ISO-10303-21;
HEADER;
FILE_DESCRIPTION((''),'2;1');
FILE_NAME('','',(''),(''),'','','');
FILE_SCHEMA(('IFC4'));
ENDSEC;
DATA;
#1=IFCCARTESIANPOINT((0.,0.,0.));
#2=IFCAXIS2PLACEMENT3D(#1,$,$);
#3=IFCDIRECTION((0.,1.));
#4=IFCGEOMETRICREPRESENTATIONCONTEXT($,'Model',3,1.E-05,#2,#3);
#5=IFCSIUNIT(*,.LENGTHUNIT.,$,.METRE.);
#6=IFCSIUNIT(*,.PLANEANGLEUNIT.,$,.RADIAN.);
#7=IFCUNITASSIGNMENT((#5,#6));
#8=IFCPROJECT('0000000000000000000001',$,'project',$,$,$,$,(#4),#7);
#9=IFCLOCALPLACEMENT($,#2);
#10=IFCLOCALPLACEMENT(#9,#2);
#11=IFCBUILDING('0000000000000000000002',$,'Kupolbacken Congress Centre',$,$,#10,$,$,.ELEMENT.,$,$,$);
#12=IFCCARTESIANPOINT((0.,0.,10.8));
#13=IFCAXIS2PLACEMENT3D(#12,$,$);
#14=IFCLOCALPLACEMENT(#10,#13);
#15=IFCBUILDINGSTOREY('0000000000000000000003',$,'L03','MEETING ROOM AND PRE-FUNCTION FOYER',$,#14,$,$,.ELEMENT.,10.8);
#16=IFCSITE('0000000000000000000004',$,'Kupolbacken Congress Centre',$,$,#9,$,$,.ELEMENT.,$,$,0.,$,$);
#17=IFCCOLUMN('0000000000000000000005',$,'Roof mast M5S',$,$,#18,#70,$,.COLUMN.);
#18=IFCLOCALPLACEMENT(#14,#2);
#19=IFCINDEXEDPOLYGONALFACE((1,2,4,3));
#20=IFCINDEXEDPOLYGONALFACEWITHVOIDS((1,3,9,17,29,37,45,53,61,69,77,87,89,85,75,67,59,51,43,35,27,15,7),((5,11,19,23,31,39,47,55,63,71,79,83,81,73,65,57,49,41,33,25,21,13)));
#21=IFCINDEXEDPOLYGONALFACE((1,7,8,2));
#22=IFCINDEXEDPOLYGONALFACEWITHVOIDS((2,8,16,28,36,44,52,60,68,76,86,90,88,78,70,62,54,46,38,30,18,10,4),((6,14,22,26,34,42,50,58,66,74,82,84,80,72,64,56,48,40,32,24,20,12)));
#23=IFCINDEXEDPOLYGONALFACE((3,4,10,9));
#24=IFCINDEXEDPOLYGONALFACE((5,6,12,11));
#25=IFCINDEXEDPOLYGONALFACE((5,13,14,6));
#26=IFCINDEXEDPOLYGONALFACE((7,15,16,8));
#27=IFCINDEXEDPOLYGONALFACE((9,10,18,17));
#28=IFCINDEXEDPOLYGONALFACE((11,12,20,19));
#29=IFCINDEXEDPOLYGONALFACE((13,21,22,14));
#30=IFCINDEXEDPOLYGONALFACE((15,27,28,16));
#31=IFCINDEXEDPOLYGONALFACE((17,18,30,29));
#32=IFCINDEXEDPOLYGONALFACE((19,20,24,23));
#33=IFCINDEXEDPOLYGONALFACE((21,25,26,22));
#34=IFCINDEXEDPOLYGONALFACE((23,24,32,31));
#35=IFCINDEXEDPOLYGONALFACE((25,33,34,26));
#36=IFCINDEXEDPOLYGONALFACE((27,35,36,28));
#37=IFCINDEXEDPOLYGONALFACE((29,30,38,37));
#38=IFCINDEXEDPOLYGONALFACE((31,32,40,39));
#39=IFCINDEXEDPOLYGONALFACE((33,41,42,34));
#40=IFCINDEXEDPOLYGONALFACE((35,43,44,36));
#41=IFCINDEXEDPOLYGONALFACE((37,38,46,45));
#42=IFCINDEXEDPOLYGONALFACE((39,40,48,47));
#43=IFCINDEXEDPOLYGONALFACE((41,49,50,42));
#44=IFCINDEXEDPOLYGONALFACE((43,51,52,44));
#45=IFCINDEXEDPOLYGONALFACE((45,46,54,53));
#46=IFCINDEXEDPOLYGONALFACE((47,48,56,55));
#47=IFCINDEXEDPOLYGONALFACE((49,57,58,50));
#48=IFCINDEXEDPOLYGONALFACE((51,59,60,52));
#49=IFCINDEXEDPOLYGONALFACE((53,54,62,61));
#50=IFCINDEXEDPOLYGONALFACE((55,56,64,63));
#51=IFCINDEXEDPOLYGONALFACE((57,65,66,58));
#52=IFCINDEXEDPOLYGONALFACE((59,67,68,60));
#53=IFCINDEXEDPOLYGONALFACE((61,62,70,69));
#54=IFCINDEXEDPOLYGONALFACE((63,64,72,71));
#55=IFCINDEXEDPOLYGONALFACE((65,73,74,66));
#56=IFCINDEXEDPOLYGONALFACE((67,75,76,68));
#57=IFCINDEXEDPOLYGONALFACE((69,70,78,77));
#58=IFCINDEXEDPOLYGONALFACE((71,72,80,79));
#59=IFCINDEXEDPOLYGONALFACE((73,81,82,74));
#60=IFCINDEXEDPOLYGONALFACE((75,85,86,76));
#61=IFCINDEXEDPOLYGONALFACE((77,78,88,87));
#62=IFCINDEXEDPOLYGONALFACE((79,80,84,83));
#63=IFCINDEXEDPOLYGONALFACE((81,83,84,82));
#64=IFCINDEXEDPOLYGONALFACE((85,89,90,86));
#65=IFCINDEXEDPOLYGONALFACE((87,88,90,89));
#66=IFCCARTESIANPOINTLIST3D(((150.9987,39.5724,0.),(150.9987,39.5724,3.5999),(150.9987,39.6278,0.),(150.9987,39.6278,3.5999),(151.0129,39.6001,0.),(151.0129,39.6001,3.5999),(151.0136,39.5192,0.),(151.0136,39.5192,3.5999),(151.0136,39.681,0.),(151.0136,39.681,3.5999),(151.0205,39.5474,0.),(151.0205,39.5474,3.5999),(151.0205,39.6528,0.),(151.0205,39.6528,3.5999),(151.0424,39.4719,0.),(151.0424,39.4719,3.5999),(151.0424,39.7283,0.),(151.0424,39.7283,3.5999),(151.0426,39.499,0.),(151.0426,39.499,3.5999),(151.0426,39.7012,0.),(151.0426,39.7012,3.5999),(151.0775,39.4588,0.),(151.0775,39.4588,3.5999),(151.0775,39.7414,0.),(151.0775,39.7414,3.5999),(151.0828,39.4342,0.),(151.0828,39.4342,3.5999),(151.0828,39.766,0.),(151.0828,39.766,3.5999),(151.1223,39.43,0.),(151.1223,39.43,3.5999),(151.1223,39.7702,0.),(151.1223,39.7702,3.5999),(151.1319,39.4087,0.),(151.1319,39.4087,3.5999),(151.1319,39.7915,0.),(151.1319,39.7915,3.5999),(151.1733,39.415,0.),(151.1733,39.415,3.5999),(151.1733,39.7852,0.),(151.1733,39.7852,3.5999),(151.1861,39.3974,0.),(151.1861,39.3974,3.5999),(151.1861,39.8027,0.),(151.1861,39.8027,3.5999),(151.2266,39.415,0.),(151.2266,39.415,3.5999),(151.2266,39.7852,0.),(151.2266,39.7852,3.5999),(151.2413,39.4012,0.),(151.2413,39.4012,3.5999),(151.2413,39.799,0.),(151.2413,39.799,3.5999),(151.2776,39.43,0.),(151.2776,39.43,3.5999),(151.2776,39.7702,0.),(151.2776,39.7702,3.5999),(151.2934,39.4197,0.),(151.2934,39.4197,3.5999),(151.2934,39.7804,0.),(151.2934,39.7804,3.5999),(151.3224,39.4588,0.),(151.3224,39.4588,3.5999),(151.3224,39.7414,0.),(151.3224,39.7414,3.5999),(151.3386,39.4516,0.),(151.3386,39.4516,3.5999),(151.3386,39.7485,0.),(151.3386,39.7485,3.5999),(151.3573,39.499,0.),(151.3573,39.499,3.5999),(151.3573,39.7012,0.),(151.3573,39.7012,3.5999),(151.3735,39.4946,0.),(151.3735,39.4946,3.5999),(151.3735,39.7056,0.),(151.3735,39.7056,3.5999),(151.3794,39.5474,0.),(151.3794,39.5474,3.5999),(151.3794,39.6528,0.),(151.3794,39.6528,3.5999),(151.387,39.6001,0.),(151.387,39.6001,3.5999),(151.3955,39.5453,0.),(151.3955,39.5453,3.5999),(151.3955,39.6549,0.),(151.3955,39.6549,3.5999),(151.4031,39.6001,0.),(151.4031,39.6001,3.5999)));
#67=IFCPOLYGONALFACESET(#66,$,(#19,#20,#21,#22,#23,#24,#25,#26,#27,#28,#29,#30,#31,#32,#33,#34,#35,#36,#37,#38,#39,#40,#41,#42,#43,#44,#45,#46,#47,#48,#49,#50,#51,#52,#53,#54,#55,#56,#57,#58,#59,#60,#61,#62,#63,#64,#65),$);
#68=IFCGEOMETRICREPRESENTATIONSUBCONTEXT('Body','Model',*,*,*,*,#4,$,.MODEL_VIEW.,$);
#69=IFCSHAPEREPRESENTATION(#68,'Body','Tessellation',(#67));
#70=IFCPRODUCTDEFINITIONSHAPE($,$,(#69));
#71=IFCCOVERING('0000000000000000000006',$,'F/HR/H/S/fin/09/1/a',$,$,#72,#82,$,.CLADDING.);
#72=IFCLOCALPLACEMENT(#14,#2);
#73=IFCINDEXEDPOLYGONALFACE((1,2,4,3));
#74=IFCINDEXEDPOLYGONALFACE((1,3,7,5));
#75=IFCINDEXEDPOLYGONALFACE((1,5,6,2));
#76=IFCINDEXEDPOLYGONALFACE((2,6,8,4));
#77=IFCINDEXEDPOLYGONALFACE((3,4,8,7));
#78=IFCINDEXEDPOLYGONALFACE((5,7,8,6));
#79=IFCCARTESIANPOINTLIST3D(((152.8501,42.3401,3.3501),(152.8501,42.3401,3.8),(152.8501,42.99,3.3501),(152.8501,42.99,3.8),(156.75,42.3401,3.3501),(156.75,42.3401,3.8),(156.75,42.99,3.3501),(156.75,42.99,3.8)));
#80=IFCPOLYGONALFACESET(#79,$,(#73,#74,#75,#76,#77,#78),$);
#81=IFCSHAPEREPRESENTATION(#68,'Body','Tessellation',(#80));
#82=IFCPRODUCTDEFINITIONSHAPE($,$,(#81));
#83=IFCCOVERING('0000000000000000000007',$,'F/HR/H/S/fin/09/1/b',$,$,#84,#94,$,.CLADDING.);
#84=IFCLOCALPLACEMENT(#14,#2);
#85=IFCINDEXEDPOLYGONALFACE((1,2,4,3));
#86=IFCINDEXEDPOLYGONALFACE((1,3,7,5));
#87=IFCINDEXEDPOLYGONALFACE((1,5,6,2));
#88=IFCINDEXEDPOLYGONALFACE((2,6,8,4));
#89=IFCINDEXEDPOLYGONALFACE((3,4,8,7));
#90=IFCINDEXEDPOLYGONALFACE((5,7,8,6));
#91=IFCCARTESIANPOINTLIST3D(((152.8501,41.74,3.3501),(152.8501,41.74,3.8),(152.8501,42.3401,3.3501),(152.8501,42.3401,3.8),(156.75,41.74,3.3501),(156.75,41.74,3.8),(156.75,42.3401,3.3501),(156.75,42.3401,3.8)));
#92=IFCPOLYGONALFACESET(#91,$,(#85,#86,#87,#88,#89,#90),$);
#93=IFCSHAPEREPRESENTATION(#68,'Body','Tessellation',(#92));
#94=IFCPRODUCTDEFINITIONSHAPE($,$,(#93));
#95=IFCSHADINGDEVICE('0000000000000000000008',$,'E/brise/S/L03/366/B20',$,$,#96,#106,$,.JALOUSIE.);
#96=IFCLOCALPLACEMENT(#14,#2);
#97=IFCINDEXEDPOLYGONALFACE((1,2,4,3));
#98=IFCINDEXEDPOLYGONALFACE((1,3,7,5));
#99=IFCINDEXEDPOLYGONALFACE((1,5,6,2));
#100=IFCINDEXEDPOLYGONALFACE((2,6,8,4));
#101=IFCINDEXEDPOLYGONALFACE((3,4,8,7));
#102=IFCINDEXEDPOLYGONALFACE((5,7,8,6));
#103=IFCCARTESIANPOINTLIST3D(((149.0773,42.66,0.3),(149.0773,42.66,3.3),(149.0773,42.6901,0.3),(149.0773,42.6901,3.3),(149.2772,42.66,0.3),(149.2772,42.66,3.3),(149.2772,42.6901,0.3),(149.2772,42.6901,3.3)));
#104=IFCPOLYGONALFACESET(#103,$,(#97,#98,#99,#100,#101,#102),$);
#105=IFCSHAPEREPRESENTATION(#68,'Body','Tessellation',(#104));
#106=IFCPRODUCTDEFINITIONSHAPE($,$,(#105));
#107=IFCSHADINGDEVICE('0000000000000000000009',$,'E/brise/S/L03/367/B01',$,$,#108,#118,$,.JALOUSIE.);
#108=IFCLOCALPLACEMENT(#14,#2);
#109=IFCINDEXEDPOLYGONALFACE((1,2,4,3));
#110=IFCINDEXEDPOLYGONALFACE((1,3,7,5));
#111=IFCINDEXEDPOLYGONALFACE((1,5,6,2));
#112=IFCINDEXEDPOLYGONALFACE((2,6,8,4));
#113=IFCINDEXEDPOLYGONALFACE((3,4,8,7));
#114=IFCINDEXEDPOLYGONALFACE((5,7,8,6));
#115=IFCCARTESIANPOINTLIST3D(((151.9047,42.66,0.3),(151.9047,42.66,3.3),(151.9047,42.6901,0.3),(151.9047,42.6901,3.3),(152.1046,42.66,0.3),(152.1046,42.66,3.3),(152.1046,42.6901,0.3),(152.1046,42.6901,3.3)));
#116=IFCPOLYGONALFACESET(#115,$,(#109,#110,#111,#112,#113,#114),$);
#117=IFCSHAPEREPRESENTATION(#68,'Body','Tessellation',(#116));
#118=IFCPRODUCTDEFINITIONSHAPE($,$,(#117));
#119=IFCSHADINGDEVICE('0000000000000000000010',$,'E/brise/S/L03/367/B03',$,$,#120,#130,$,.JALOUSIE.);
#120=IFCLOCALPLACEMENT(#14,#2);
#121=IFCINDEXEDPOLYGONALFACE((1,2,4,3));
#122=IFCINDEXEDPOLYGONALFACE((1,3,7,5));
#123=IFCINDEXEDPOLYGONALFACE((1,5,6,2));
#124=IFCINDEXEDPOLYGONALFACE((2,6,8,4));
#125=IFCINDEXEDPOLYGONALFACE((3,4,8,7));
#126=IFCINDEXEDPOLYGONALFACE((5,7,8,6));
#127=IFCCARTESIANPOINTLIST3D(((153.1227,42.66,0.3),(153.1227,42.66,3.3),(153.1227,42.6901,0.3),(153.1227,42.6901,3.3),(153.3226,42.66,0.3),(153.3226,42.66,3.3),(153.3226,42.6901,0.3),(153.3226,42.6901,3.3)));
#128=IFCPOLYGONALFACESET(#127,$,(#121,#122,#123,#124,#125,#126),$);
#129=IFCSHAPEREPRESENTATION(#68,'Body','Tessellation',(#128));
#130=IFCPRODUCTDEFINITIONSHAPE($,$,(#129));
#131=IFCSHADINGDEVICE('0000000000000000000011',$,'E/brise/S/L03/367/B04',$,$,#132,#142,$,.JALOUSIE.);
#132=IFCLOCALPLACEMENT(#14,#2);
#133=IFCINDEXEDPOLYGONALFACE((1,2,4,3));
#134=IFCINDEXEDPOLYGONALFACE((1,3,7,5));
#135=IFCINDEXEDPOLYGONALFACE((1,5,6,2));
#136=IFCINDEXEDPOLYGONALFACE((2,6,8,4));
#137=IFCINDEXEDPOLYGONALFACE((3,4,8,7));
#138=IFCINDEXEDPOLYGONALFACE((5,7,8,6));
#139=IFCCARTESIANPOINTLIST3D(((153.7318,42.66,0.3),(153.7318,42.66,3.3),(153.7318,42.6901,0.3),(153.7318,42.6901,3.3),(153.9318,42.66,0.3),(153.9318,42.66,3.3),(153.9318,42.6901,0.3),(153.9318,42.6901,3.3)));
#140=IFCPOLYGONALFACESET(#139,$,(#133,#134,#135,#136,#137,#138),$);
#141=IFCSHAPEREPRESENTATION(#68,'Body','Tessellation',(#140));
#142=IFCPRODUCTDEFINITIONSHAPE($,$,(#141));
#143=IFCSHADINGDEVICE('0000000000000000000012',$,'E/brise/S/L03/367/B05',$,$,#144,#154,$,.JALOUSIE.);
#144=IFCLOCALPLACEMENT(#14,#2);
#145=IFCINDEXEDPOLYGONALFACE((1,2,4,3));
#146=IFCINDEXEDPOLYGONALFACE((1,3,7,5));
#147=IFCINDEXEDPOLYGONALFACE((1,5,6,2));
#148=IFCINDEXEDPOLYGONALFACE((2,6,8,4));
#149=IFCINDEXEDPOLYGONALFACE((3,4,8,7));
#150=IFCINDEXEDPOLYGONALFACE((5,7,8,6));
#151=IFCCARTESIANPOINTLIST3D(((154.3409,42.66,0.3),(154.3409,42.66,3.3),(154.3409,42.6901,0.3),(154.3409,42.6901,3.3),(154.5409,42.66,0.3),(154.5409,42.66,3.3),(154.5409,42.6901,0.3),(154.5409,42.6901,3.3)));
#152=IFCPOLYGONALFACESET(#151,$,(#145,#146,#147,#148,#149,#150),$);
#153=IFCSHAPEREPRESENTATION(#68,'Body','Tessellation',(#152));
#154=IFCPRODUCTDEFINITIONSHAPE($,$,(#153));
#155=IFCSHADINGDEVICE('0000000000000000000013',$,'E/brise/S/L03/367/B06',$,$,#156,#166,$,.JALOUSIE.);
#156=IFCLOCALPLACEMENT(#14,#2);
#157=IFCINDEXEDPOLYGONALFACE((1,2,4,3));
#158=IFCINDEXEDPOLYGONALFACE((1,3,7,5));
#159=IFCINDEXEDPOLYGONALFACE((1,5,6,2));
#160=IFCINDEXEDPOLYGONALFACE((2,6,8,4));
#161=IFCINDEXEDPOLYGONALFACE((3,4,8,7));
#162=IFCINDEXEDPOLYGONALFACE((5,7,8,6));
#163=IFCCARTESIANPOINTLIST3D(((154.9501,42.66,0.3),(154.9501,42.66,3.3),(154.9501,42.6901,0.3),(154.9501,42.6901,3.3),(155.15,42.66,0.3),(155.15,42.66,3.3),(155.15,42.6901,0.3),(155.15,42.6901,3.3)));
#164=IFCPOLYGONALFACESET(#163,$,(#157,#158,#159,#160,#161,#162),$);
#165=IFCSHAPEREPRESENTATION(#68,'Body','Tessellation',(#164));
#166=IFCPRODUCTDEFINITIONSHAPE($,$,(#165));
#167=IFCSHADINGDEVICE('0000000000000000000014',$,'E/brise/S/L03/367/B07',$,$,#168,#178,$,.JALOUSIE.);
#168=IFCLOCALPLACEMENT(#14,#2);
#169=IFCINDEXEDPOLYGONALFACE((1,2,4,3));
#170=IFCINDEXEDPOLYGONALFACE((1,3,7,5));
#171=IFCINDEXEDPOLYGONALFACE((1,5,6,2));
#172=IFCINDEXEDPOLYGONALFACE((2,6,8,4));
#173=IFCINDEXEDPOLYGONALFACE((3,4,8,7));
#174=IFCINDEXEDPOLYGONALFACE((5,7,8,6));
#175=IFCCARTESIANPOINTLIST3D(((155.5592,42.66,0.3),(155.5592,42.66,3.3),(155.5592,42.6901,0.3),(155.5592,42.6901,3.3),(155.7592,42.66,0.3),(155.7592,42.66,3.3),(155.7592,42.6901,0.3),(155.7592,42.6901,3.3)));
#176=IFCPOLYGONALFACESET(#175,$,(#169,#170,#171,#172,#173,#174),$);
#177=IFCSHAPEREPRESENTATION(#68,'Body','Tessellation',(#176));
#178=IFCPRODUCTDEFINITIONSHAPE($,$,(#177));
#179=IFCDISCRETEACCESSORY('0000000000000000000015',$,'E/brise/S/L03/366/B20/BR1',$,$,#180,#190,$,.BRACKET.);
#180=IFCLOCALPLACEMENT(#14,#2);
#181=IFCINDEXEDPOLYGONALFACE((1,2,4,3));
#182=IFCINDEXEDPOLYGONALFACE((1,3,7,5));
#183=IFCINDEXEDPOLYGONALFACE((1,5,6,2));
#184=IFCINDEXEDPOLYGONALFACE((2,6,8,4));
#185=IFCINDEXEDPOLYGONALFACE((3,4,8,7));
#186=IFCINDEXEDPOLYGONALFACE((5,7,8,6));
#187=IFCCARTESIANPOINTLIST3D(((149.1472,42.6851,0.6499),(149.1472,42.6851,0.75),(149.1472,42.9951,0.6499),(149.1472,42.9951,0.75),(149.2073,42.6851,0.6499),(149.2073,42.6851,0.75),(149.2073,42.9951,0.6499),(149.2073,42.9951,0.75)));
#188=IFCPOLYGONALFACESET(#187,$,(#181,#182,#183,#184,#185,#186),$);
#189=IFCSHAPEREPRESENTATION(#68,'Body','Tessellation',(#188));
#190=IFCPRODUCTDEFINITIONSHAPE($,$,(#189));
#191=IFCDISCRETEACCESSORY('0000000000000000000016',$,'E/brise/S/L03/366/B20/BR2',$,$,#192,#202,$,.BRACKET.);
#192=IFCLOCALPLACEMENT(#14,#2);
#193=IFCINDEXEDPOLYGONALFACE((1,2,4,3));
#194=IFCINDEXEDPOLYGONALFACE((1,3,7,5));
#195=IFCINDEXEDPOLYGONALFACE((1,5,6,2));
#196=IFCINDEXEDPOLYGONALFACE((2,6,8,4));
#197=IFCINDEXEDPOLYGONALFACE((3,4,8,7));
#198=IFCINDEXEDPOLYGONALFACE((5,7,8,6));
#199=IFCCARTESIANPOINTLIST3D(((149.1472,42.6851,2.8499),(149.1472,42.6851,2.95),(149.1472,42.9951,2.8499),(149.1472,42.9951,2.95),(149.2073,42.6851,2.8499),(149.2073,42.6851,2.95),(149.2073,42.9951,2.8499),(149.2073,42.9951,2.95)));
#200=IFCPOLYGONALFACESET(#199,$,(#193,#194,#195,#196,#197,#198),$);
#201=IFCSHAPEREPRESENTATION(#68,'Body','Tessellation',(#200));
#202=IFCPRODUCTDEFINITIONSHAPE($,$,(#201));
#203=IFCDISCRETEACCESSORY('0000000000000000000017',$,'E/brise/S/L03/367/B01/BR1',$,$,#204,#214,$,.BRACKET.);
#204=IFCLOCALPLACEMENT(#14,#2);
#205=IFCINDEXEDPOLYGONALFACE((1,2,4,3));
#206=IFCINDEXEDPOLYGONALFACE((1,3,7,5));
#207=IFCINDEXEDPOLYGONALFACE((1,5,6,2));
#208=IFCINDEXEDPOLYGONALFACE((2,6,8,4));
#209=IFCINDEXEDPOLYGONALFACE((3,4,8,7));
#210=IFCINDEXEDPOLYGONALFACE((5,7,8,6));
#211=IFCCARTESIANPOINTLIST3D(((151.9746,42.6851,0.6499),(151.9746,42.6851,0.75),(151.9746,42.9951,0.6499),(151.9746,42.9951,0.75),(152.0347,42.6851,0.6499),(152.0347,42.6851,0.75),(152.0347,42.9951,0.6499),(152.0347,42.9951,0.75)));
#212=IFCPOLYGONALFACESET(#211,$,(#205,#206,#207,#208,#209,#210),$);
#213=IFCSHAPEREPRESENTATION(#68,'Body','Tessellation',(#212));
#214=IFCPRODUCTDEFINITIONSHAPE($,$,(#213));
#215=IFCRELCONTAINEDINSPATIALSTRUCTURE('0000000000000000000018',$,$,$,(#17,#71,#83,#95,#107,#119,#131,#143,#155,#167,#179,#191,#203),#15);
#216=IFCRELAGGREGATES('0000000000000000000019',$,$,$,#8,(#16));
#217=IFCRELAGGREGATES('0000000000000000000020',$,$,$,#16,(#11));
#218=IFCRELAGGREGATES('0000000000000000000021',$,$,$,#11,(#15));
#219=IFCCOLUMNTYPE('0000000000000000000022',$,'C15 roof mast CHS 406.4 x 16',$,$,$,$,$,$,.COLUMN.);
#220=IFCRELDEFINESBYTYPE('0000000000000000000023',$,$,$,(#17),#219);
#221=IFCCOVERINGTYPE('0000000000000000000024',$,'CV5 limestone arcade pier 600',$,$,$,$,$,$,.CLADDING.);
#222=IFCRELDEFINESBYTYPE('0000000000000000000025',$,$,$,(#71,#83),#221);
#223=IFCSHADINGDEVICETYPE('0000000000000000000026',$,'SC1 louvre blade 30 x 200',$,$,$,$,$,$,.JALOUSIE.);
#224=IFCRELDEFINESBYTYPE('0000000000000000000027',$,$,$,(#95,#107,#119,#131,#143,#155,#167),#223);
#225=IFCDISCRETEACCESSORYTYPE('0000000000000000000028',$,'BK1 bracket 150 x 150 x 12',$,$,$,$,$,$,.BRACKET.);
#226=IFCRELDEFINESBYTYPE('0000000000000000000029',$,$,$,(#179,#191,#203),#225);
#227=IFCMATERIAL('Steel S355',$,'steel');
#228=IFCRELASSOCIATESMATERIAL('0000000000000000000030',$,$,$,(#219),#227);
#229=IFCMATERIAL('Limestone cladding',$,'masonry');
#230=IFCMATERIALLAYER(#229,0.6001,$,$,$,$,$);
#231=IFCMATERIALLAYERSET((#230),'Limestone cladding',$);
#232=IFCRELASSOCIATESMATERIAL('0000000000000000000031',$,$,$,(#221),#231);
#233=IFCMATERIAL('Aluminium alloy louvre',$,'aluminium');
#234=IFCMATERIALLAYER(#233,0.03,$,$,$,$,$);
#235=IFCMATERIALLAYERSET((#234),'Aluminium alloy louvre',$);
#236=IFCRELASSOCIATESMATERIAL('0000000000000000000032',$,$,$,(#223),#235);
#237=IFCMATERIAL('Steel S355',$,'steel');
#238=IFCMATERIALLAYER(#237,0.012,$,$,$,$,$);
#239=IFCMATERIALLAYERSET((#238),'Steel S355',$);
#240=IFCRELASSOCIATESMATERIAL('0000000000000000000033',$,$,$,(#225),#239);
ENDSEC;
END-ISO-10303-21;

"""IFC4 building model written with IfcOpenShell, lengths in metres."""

from ifc_helpers import new_model, si_unit, direction, frame, origin, origin_2d, place, context, subcontext, project, spatial, rectangle, hollow_circle, extrude, material, layer, layer_set, material_profile, profile_set, type_object, element, save


model = new_model("IFC4")

# Units and contexts
model_context = context("Model", 3, precision=1e-05, world=origin(), true_north=direction((0.0, 1.0)))
body_context = subcontext(model_context, "Body", "Model", "MODEL_VIEW")
ifc_project = project(units=[si_unit("LENGTHUNIT", "METRE"), si_unit("PLANEANGLEUNIT", "RADIAN")], contexts=[model_context])

# Site, building, storey
site_placement = place(None, origin())
site = spatial("IfcSite", under=ifc_project, at=site_placement, Name="Kupolbacken Congress Centre", CompositionType="ELEMENT", RefElevation=0.0)
building_placement = place(site_placement, origin())
building = spatial("IfcBuilding", under=site, at=building_placement, Name="Kupolbacken Congress Centre", CompositionType="ELEMENT")
storey_placement = place(building_placement, frame((0.0, 0.0, 10.8)))
storey = spatial("IfcBuildingStorey", under=building, at=storey_placement, Name="L03", Description="MEETING ROOM AND PRE-FUNCTION FOYER", CompositionType="ELEMENT", Elevation=10.8)

# Column
ifc_material_1 = material(Name="Steel S355", Category="steel")
ifc_material_profile = material_profile(ifc_material_1, hollow_circle(Radius=0.2031, WallThickness=0.0161, at=origin_2d()), Name="CHS 406.4 x 16")
ifc_profile_set = profile_set([ifc_material_profile], Name="Steel S355")
column_type = type_object("IfcColumnType", Name="C15 roof mast CHS 406.4 x 16", PredefinedType="COLUMN", material=ifc_profile_set)
column_placement = place(storey_placement, frame((151.2, 39.6001, 0.0), z_axis=(0.0, 0.0, 1.0), x_axis=(1.0, 0.0, 0.0)))
element("IfcColumn", 1, at=column_placement, inside=storey, type_object=column_type, Name="Roof mast M5S", PredefinedType="COLUMN", context=body_context, shape_type="SweptSolid", body=[
    extrude(hollow_circle(Radius=0.2031, WallThickness=0.0161, at=origin_2d()), origin(), (0.0, 0.0, 1.0), 3.5999),
])

# Coverings
ifc_material_2 = material(Name="Limestone cladding", Category="masonry")
ifc_layer_1 = layer(ifc_material_2, 0.6001)
ifc_layer_set_1 = layer_set([ifc_layer_1], Name="Limestone cladding")
covering_type = type_object("IfcCoveringType", Name="CV5 limestone arcade pier 600", PredefinedType="CLADDING", material=ifc_layer_set_1)
covering_1_placement = place(storey_placement, frame((154.8, 42.665, 3.3501), z_axis=(0.0, 0.0, 1.0), x_axis=(1.0, 0.0, 0.0)))
element("IfcCovering", 2, at=covering_1_placement, inside=storey, type_object=covering_type, Name="F/HR/H/S/fin/09/1/a", PredefinedType="CLADDING", context=body_context, shape_type="SweptSolid", body=[
    extrude(rectangle(XDim=3.8999, YDim=0.6499, at=origin_2d()), origin(), (0.0, 0.0, 1.0), 0.45),
])
covering_2_placement = place(storey_placement, frame((154.8, 42.04, 3.3501), z_axis=(0.0, 0.0, 1.0), x_axis=(1.0, 0.0, 0.0)))
element("IfcCovering", 3, at=covering_2_placement, inside=storey, type_object=covering_type, Name="F/HR/H/S/fin/09/1/b", PredefinedType="CLADDING", context=body_context, shape_type="SweptSolid", body=[
    extrude(rectangle(XDim=3.8999, YDim=0.6001, at=origin_2d()), origin(), (0.0, 0.0, 1.0), 0.45),
])

# Shading devices
ifc_material_3 = material(Name="Aluminium alloy louvre", Category="aluminium")
ifc_layer_2 = layer(ifc_material_3, 0.03)
ifc_layer_set_2 = layer_set([ifc_layer_2], Name="Aluminium alloy louvre")
shading_device_type = type_object("IfcShadingDeviceType", Name="SC1 louvre blade 30 x 200", PredefinedType="JALOUSIE", material=ifc_layer_set_2)
for number, where, z_axis, x_axis, name in (
    (4, (149.1772, 42.675, 0.3), (0.0, 0.0, 1.0), (1.0, 0.0, 0.0), "E/brise/S/L03/366/B20"),
    (5, (152.0046, 42.675, 0.3), (0.0, 0.0, 1.0), (1.0, 0.0, 0.0), "E/brise/S/L03/367/B01"),
    (6, (153.2227, 42.675, 0.3), (0.0, 0.0, 1.0), (1.0, 0.0, 0.0), "E/brise/S/L03/367/B03"),
    (7, (153.8318, 42.675, 0.3), (0.0, 0.0, 1.0), (1.0, 0.0, 0.0), "E/brise/S/L03/367/B04"),
    (8, (154.4409, 42.675, 0.3), (0.0, 0.0, 1.0), (1.0, 0.0, 0.0), "E/brise/S/L03/367/B05"),
    (9, (155.05, 42.675, 0.3), (0.0, 0.0, 1.0), (1.0, 0.0, 0.0), "E/brise/S/L03/367/B06"),
    (10, (155.6592, 42.675, 0.3), (0.0, 0.0, 1.0), (1.0, 0.0, 0.0), "E/brise/S/L03/367/B07"),
):
    element("IfcShadingDevice", number, at=place(storey_placement, frame(where, z_axis=z_axis, x_axis=x_axis)), inside=storey, type_object=shading_device_type, Name=name, PredefinedType="JALOUSIE", context=body_context, shape_type="SweptSolid", body=[
        extrude(rectangle(XDim=0.2, YDim=0.03, at=origin_2d()), origin(), (0.0, 0.0, 1.0), 3.0),
    ])

# Discrete accessories
ifc_material_4 = material(Name="Steel S355", Category="steel")
ifc_layer_3 = layer(ifc_material_4, 0.012)
ifc_layer_set_3 = layer_set([ifc_layer_3], Name="Steel S355")
discrete_accessory_type = type_object("IfcDiscreteAccessoryType", Name="BK1 bracket 150 x 150 x 12", PredefinedType="BRACKET", material=ifc_layer_set_3)
for number, where, z_axis, x_axis, name in (
    (11, (149.1772, 42.8401, 0.6499), (0.0, 0.0, 1.0), (1.0, 0.0, 0.0), "E/brise/S/L03/366/B20/BR1"),
    (12, (149.1772, 42.8401, 2.8499), (0.0, 0.0, 1.0), (1.0, 0.0, 0.0), "E/brise/S/L03/366/B20/BR2"),
    (13, (152.0046, 42.8401, 0.6499), (0.0, 0.0, 1.0), (1.0, 0.0, 0.0), "E/brise/S/L03/367/B01/BR1"),
):
    element("IfcDiscreteAccessory", number, at=place(storey_placement, frame(where, z_axis=z_axis, x_axis=x_axis)), inside=storey, type_object=discrete_accessory_type, Name=name, PredefinedType="BRACKET", context=body_context, shape_type="SweptSolid", body=[
        extrude(rectangle(XDim=0.0601, YDim=0.3101, at=origin_2d()), origin(), (0.0, 0.0, 1.0), 0.1001),
    ])

save(model, "model.ifc")
